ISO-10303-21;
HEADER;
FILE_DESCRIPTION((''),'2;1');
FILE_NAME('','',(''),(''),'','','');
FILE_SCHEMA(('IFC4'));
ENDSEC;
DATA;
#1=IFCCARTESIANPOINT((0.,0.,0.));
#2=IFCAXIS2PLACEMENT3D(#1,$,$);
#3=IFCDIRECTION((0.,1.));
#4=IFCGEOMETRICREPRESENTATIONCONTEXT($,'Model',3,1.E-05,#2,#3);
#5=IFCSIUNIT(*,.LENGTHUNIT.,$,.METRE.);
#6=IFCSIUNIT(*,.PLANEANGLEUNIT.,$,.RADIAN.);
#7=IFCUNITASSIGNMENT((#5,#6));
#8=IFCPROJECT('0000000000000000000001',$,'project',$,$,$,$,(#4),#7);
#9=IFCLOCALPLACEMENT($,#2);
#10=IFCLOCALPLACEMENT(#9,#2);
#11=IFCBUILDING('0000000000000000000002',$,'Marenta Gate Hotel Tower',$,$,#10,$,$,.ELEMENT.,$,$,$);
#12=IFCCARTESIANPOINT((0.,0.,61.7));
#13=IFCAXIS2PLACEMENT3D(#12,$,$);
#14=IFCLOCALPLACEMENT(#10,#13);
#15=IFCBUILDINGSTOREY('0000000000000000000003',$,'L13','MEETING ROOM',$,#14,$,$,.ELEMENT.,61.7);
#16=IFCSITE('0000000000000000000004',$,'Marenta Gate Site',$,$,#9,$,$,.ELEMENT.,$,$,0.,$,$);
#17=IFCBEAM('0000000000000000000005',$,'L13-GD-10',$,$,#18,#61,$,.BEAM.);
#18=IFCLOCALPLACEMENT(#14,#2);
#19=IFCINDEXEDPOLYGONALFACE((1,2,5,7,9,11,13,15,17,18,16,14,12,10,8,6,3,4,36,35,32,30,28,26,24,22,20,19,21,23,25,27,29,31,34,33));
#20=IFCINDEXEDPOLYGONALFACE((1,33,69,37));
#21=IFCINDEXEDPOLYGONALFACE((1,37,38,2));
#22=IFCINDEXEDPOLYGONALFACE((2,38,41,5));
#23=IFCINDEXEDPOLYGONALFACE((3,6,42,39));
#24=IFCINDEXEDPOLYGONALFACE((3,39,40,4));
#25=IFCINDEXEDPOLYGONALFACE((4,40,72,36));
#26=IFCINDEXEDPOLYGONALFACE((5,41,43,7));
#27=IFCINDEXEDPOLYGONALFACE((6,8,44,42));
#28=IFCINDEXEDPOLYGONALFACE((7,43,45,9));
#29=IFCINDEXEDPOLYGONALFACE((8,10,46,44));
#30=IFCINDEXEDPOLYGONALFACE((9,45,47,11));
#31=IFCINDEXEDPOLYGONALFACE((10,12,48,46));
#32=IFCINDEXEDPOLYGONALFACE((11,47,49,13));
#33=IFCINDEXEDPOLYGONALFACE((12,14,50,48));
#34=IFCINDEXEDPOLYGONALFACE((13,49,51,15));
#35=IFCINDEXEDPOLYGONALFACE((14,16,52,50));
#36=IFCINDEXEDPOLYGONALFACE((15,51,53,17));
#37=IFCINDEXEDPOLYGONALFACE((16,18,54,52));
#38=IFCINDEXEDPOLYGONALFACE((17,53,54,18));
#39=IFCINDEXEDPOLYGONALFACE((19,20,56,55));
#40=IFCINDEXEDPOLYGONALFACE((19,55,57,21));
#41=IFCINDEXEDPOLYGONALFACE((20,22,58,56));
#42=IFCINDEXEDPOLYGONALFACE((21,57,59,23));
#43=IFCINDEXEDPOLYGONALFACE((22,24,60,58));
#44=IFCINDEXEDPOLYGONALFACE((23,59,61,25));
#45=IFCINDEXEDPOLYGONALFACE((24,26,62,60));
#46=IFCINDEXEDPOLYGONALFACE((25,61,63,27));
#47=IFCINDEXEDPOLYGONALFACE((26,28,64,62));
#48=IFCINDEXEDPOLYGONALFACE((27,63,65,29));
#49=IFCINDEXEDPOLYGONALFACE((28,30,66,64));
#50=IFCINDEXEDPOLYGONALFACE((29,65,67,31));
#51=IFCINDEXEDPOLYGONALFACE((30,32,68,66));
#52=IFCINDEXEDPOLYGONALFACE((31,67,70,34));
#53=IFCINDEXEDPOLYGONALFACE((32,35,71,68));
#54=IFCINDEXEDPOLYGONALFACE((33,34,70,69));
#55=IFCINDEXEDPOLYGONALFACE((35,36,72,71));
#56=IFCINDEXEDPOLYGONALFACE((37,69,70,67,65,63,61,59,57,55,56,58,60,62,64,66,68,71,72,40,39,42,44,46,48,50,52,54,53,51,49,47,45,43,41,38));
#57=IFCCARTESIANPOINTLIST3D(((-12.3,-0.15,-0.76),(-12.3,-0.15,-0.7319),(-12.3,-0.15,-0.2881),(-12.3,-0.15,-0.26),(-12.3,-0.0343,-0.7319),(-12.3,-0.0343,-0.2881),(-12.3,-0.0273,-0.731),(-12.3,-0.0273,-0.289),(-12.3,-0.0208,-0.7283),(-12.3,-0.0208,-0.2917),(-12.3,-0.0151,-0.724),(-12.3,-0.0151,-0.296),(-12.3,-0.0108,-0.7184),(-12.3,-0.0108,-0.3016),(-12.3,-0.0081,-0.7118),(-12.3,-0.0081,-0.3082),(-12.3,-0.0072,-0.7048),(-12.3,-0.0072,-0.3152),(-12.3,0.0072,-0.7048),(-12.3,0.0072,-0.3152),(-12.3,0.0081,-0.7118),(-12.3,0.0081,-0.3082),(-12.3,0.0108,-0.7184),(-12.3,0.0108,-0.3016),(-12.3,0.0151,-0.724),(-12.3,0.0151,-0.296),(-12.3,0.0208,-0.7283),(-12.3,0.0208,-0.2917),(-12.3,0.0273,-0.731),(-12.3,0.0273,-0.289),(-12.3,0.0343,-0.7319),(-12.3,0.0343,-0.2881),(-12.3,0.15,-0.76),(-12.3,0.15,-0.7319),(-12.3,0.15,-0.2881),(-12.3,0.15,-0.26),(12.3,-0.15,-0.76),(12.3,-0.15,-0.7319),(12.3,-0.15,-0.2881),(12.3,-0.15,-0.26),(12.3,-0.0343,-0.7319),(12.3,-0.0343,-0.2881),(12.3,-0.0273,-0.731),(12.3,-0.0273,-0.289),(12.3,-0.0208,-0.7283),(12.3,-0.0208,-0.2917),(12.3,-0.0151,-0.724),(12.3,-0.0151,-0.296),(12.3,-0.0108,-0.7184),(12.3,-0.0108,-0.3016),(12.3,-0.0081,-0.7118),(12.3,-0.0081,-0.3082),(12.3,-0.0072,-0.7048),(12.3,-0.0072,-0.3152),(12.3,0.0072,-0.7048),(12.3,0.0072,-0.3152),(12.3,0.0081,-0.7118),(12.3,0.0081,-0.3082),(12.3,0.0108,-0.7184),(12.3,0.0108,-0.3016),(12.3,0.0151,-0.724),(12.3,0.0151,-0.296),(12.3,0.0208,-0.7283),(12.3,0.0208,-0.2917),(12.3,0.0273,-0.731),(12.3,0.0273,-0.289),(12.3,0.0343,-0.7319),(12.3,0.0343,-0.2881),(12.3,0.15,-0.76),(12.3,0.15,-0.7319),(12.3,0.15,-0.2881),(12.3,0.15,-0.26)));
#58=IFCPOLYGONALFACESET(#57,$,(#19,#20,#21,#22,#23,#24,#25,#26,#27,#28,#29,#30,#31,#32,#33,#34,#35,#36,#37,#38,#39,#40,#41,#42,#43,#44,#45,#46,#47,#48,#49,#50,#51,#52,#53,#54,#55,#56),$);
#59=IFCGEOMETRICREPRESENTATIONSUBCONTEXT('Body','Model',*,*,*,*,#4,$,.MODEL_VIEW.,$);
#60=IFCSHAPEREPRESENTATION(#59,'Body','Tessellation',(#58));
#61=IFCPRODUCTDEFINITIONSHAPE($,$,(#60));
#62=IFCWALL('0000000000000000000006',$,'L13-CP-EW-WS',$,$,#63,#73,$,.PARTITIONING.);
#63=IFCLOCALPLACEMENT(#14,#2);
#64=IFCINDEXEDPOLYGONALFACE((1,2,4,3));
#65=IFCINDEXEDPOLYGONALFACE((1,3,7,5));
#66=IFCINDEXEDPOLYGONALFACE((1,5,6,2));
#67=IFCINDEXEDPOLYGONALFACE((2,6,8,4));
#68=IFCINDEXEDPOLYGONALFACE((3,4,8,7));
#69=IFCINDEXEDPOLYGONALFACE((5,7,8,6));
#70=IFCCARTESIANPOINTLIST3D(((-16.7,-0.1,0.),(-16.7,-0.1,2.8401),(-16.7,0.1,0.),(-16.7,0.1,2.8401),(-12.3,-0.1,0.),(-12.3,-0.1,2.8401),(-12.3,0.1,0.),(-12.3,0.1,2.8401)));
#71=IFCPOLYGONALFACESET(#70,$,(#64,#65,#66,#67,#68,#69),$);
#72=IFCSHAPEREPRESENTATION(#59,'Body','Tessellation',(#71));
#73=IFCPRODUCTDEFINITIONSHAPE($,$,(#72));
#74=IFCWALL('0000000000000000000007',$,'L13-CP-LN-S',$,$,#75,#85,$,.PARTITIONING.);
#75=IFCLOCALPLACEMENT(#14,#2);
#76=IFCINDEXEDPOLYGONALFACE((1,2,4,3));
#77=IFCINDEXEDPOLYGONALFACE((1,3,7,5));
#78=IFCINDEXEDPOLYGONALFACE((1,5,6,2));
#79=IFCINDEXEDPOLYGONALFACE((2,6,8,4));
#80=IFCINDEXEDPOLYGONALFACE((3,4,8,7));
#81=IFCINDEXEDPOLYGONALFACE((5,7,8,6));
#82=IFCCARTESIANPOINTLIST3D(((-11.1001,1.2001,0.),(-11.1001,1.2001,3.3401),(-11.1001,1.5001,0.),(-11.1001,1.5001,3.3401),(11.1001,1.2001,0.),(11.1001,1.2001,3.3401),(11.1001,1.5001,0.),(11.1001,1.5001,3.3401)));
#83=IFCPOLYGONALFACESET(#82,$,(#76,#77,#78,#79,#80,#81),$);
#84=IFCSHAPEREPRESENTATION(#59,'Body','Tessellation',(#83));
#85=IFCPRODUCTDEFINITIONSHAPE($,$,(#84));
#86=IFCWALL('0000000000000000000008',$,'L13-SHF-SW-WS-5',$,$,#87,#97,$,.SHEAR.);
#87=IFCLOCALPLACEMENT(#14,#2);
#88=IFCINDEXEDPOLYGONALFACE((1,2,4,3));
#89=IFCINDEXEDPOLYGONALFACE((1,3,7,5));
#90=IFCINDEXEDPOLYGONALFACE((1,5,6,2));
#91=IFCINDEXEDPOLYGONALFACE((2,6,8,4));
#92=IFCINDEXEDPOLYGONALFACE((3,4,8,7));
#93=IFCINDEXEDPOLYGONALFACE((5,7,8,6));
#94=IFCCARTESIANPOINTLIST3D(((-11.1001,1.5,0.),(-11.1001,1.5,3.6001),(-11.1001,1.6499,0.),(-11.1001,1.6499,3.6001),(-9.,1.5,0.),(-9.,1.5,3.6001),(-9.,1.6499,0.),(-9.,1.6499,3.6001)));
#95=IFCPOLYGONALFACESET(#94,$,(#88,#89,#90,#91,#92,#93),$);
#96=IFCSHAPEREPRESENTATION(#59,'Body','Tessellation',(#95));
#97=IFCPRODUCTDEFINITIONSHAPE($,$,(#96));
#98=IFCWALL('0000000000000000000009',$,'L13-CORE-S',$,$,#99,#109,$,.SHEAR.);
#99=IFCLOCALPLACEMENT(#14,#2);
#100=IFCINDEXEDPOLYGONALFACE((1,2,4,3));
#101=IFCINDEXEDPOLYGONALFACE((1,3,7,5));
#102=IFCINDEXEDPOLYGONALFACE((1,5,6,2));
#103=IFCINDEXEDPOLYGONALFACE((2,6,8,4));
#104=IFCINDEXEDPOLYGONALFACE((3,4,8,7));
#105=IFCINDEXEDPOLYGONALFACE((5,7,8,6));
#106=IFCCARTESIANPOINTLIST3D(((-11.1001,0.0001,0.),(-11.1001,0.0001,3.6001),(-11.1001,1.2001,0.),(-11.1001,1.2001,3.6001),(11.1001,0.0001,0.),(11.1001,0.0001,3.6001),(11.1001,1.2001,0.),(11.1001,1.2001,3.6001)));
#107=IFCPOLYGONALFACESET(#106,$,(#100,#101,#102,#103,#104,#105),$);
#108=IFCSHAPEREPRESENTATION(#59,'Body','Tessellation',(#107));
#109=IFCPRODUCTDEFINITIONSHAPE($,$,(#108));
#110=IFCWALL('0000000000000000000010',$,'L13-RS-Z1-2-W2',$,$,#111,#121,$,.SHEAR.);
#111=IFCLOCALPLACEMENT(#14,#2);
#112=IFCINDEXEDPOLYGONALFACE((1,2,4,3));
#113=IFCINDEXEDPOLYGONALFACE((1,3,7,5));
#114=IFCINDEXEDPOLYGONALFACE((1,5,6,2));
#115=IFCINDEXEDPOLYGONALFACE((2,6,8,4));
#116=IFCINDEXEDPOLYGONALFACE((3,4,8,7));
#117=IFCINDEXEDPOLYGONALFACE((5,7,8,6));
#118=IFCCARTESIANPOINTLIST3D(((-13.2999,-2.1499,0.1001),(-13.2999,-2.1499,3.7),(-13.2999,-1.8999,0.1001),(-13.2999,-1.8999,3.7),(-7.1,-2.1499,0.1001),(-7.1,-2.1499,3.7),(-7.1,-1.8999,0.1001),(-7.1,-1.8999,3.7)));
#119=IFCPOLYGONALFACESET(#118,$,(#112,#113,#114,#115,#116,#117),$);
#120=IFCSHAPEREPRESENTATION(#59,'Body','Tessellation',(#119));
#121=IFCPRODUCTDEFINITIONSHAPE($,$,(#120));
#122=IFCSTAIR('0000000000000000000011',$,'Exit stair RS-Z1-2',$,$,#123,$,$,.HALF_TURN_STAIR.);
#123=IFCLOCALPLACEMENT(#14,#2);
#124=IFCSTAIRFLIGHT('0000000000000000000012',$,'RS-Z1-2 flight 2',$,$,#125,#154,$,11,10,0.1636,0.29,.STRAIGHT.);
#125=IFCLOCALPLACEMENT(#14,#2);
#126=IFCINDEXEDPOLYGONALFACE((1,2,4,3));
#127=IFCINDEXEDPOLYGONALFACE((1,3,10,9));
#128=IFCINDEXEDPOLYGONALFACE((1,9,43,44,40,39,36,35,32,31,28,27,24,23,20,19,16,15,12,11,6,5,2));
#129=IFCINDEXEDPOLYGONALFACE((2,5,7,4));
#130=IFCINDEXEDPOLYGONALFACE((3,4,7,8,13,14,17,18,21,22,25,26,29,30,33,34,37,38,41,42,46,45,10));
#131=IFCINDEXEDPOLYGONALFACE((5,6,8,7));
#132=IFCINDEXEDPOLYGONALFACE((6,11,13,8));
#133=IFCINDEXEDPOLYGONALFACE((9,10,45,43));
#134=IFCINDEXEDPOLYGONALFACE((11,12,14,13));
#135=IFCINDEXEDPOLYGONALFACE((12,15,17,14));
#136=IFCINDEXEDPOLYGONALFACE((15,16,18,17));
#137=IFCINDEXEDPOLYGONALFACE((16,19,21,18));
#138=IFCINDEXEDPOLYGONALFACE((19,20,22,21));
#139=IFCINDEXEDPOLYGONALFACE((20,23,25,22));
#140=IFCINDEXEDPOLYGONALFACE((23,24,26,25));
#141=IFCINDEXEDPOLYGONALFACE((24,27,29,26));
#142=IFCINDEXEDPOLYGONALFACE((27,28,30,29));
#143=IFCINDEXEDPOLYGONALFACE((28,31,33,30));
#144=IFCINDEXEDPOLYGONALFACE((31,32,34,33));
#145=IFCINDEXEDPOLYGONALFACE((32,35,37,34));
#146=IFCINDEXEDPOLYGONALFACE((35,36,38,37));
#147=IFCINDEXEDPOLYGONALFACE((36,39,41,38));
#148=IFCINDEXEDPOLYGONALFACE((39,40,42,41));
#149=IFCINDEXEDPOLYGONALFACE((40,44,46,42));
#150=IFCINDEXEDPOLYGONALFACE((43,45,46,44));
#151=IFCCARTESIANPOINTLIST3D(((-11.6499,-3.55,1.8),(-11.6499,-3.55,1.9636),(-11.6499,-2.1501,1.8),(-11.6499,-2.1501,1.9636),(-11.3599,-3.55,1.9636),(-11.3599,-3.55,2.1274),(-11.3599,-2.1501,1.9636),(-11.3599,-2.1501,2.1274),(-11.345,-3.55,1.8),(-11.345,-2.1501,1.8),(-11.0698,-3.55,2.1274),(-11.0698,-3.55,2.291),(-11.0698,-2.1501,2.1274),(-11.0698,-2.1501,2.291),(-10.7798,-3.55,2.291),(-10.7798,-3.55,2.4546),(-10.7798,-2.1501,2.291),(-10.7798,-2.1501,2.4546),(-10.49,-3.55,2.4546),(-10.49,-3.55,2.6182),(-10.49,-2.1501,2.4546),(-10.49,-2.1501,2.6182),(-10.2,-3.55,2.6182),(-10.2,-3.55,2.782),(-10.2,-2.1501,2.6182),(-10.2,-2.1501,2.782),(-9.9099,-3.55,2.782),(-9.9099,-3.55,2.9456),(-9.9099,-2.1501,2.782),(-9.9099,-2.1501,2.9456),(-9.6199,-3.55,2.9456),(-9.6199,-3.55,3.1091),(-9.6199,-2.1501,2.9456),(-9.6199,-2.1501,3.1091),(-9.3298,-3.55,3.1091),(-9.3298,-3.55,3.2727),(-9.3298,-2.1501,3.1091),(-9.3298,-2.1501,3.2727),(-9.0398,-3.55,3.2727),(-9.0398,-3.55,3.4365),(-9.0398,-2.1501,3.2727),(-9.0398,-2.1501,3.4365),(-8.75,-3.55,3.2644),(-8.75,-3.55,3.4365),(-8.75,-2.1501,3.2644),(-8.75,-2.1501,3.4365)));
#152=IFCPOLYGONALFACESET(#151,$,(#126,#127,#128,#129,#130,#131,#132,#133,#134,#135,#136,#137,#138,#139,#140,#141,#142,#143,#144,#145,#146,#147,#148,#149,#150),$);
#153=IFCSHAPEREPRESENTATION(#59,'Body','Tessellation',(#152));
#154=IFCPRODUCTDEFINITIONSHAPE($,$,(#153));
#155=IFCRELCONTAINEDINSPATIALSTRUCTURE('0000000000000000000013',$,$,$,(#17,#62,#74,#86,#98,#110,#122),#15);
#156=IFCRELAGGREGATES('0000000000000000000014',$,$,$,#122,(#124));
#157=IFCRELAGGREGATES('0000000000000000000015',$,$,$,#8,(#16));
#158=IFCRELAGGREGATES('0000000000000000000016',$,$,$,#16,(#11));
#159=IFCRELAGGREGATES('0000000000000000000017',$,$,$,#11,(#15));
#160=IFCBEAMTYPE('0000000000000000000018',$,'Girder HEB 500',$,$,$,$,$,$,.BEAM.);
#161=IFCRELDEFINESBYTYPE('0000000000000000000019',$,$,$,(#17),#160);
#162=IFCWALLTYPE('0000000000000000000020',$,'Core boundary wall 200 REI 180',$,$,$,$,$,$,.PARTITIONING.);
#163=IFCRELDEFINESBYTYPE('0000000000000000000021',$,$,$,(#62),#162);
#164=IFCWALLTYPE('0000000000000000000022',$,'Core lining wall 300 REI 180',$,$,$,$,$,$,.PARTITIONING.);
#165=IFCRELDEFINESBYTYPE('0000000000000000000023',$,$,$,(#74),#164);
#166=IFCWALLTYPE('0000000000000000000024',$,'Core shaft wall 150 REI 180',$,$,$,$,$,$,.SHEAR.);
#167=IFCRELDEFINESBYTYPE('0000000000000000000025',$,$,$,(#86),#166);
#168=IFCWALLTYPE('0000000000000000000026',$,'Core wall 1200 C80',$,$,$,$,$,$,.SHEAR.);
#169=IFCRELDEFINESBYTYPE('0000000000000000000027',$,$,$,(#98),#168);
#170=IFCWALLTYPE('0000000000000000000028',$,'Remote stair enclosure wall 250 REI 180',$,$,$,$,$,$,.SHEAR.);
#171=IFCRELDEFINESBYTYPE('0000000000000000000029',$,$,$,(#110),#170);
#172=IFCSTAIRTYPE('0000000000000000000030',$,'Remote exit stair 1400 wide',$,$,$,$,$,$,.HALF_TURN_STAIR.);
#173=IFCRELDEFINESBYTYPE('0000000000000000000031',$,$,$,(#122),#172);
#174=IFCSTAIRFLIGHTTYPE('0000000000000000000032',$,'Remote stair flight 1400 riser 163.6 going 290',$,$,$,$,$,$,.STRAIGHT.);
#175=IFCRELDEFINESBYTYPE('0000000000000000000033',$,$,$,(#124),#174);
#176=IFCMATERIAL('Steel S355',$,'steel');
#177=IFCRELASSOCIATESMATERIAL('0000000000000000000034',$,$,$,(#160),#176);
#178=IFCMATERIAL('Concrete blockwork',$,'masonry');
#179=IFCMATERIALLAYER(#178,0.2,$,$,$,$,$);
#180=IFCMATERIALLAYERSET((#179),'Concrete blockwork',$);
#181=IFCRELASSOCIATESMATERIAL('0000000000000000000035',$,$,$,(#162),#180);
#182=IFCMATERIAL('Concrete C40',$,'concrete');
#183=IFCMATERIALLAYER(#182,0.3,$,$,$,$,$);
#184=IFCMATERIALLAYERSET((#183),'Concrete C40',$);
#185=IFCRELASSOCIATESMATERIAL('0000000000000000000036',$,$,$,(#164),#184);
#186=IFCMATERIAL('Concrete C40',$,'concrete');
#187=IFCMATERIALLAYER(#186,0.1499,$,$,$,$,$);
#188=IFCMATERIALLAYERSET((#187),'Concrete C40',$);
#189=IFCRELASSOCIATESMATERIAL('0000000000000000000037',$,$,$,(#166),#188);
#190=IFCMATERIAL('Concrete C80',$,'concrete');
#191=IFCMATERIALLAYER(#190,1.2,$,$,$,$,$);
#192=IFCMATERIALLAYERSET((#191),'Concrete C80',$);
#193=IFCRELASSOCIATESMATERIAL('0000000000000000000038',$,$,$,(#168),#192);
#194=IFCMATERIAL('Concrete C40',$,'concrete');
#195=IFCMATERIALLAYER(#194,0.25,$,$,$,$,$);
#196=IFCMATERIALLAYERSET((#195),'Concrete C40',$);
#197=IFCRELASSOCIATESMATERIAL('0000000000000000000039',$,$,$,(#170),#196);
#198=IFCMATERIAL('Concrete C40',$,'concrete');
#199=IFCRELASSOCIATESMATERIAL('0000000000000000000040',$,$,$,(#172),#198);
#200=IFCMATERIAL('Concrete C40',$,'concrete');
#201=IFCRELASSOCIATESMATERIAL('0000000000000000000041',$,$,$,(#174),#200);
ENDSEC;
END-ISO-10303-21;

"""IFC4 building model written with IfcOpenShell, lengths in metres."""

from ifc_helpers import new_model, si_unit, direction, frame, frame_2d, origin, origin_2d, place, context, subcontext, project, spatial, polyline, rectangle, i_section, outline, extrude, material, layer, layer_set, material_profile, profile_set, type_object, element, aggregate, save


model = new_model("IFC4")

# Units and contexts
model_context = context("Model", 3, precision=1e-05, world=origin(), true_north=direction((0.0, 1.0)))
body_context = subcontext(model_context, "Body", "Model", "MODEL_VIEW")
ifc_project = project(units=[si_unit("LENGTHUNIT", "METRE"), si_unit("PLANEANGLEUNIT", "RADIAN")], contexts=[model_context])

# Site, building, storey
site_placement = place(None, origin())
site = spatial("IfcSite", under=ifc_project, at=site_placement, Name="Marenta Gate Site", CompositionType="ELEMENT", RefElevation=0.0)
building_placement = place(site_placement, origin())
building = spatial("IfcBuilding", under=site, at=building_placement, Name="Marenta Gate Hotel Tower", CompositionType="ELEMENT")
storey_placement = place(building_placement, frame((0.0, 0.0, 61.7)))
storey = spatial("IfcBuildingStorey", under=building, at=storey_placement, Name="L13", Description="MEETING ROOM", CompositionType="ELEMENT", Elevation=61.7)

# Beam
ifc_material_1 = material(Name="Steel S355", Category="steel")
ifc_material_profile = material_profile(ifc_material_1, i_section(OverallWidth=0.3, OverallDepth=0.5, WebThickness=0.0144, FlangeThickness=0.0281, FilletRadius=0.0271, at=origin_2d()), Name="HEB 500")
ifc_profile_set = profile_set([ifc_material_profile], Name="Steel S355")
beam_type = type_object("IfcBeamType", Name="Girder HEB 500", PredefinedType="BEAM", material=ifc_profile_set)
beam_placement = place(storey_placement, frame((-12.3, 0.0, -0.51), z_axis=(1.0, 0.0, 0.0), x_axis=(0.0, 1.0, 0.0)))
element("IfcBeam", 1, at=beam_placement, inside=storey, type_object=beam_type, Name="L13-GD-10", PredefinedType="BEAM", context=body_context, shape_type="SweptSolid", body=[
    extrude(i_section(OverallWidth=0.3, OverallDepth=0.5, WebThickness=0.0144, FlangeThickness=0.0281, FilletRadius=0.0271, at=origin_2d()), origin(), (0.0, 0.0, 1.0), 24.6001),
])

# Walls
ifc_material_2 = material(Name="Concrete blockwork", Category="masonry")
ifc_layer_1 = layer(ifc_material_2, 0.2)
ifc_layer_set_1 = layer_set([ifc_layer_1], Name="Concrete blockwork")
wall_type_1 = type_object("IfcWallType", Name="Core boundary wall 200 REI 180", PredefinedType="PARTITIONING", material=ifc_layer_set_1)
wall_1_placement = place(storey_placement, frame((-16.7, 0.0, 0.0), z_axis=(0.0, 0.0, 1.0), x_axis=(1.0, 0.0, 0.0)))
element("IfcWall", 2, at=wall_1_placement, inside=storey, type_object=wall_type_1, Name="L13-CP-EW-WS", PredefinedType="PARTITIONING", context=body_context, shape_type="SweptSolid", body=[
    extrude(rectangle(XDim=4.3999, YDim=0.2, at=frame_2d((2.2, 0.0))), origin(), (0.0, 0.0, 1.0), 2.8401),
])
ifc_material_3 = material(Name="Concrete C40", Category="concrete")
ifc_layer_2 = layer(ifc_material_3, 0.3)
ifc_layer_set_2 = layer_set([ifc_layer_2], Name="Concrete C40")
wall_type_2 = type_object("IfcWallType", Name="Core lining wall 300 REI 180", PredefinedType="PARTITIONING", material=ifc_layer_set_2)
wall_2_placement = place(storey_placement, frame((-11.1001, 1.3501, 0.0), z_axis=(0.0, 0.0, 1.0), x_axis=(1.0, 0.0, 0.0)))
element("IfcWall", 3, at=wall_2_placement, inside=storey, type_object=wall_type_2, Name="L13-CP-LN-S", PredefinedType="PARTITIONING", context=body_context, shape_type="SweptSolid", body=[
    extrude(rectangle(XDim=22.2002, YDim=0.3, at=frame_2d((11.1001, 0.0))), origin(), (0.0, 0.0, 1.0), 3.3401),
])
ifc_material_4 = material(Name="Concrete C40", Category="concrete")
ifc_layer_3 = layer(ifc_material_4, 0.1499)
ifc_layer_set_3 = layer_set([ifc_layer_3], Name="Concrete C40")
wall_type_3 = type_object("IfcWallType", Name="Core shaft wall 150 REI 180", PredefinedType="SHEAR", material=ifc_layer_set_3)
wall_3_placement = place(storey_placement, frame((-11.1001, 1.575, 0.0), z_axis=(0.0, 0.0, 1.0), x_axis=(1.0, 0.0, 0.0)))
element("IfcWall", 4, at=wall_3_placement, inside=storey, type_object=wall_type_3, Name="L13-SHF-SW-WS-5", PredefinedType="SHEAR", context=body_context, shape_type="SweptSolid", body=[
    extrude(rectangle(XDim=2.1001, YDim=0.1499, at=frame_2d((1.05, 0.0))), origin(), (0.0, 0.0, 1.0), 3.6001),
])

# Shared definitions
ifc_material_5 = material(Name="Concrete C80", Category="concrete")
ifc_layer_4 = layer(ifc_material_5, 1.2)
ifc_layer_set_4 = layer_set([ifc_layer_4], Name="Concrete C80")
wall_type_4 = type_object("IfcWallType", Name="Core wall 1200 C80", PredefinedType="SHEAR", material=ifc_layer_set_4)

# Walls
wall_4_placement = place(storey_placement, frame((-11.1001, 0.6001, 0.0), z_axis=(0.0, 0.0, 1.0), x_axis=(1.0, 0.0, 0.0)))
element("IfcWall", 5, at=wall_4_placement, inside=storey, type_object=wall_type_4, Name="L13-CORE-S", PredefinedType="SHEAR", context=body_context, shape_type="SweptSolid", body=[
    extrude(rectangle(XDim=22.2002, YDim=1.2, at=frame_2d((11.1001, 0.0))), origin(), (0.0, 0.0, 1.0), 3.6001),
])
ifc_material_6 = material(Name="Concrete C40", Category="concrete")
ifc_layer_5 = layer(ifc_material_6, 0.25)
ifc_layer_set_5 = layer_set([ifc_layer_5], Name="Concrete C40")
wall_type_5 = type_object("IfcWallType", Name="Remote stair enclosure wall 250 REI 180", PredefinedType="SHEAR", material=ifc_layer_set_5)
wall_5_placement = place(storey_placement, frame((-13.3, -2.0249, 0.1001), z_axis=(0.0, 0.0, 1.0), x_axis=(1.0, 0.0, 0.0)))
element("IfcWall", 6, at=wall_5_placement, inside=storey, type_object=wall_type_5, Name="L13-RS-Z1-2-W2", PredefinedType="SHEAR", context=body_context, shape_type="SweptSolid", body=[
    extrude(rectangle(XDim=6.2, YDim=0.25, at=frame_2d((3.1001, 0.0))), origin(), (0.0, 0.0, 1.0), 3.5999),
])

# Stair, stair flight
ifc_material_7 = material(Name="Concrete C40", Category="concrete")
stair_type = type_object("IfcStairType", Name="Remote exit stair 1400 wide", PredefinedType="HALF_TURN_STAIR", material=ifc_material_7)
stair_placement = place(storey_placement, origin())
stair = element("IfcStair", 7, at=stair_placement, inside=storey, type_object=stair_type, Name="Exit stair RS-Z1-2", PredefinedType="HALF_TURN_STAIR")
ifc_material_8 = material(Name="Concrete C40", Category="concrete")
stair_flight_type = type_object("IfcStairFlightType", Name="Remote stair flight 1400 riser 163.6 going 290", PredefinedType="STRAIGHT", material=ifc_material_8)
stair_flight_placement = place(storey_placement, frame((-11.6499, -2.8501, 1.8), z_axis=(0.0, 0.0, 1.0), x_axis=(1.0, 0.0, 0.0)))
stair_flight = element("IfcStairFlight", 8, at=stair_flight_placement, type_object=stair_flight_type, Name="RS-Z1-2 flight 2", NumberOfRisers=11, NumberOfTreads=10, PredefinedType="STRAIGHT", RiserHeight=0.1636, TreadLength=0.29, context=body_context, shape_type="SweptSolid", body=[
    extrude(outline(polyline([(0.0, 0.0), (0.0, 0.1636), (0.29, 0.1636), (0.29, 0.3274), (0.5801, 0.3274), (0.5801, 0.491), (0.8701, 0.491), (0.8701, 0.6545), (1.1599, 0.6545), (1.1599, 0.8181), (1.45, 0.8181), (1.45, 0.9819), (1.74, 0.9819), (1.74, 1.1455), (2.03, 1.1455), (2.03, 1.3091), (2.3201, 1.3091), (2.3201, 1.4727), (2.6101, 1.4727), (2.6101, 1.6365), (2.8999, 1.6365), (2.8999, 1.8), (2.8999, 1.4644), (0.3049, 0.0), (0.0, 0.0)])), frame((0.0, 0.7, 0.0), z_axis=(0.0, -1.0, 0.0), x_axis=(1.0, 0.0, 0.0)), (0.0, 0.0, 1.0), 1.3999),
])
aggregate(stair, [stair_flight])

save(model, "model.ifc")
